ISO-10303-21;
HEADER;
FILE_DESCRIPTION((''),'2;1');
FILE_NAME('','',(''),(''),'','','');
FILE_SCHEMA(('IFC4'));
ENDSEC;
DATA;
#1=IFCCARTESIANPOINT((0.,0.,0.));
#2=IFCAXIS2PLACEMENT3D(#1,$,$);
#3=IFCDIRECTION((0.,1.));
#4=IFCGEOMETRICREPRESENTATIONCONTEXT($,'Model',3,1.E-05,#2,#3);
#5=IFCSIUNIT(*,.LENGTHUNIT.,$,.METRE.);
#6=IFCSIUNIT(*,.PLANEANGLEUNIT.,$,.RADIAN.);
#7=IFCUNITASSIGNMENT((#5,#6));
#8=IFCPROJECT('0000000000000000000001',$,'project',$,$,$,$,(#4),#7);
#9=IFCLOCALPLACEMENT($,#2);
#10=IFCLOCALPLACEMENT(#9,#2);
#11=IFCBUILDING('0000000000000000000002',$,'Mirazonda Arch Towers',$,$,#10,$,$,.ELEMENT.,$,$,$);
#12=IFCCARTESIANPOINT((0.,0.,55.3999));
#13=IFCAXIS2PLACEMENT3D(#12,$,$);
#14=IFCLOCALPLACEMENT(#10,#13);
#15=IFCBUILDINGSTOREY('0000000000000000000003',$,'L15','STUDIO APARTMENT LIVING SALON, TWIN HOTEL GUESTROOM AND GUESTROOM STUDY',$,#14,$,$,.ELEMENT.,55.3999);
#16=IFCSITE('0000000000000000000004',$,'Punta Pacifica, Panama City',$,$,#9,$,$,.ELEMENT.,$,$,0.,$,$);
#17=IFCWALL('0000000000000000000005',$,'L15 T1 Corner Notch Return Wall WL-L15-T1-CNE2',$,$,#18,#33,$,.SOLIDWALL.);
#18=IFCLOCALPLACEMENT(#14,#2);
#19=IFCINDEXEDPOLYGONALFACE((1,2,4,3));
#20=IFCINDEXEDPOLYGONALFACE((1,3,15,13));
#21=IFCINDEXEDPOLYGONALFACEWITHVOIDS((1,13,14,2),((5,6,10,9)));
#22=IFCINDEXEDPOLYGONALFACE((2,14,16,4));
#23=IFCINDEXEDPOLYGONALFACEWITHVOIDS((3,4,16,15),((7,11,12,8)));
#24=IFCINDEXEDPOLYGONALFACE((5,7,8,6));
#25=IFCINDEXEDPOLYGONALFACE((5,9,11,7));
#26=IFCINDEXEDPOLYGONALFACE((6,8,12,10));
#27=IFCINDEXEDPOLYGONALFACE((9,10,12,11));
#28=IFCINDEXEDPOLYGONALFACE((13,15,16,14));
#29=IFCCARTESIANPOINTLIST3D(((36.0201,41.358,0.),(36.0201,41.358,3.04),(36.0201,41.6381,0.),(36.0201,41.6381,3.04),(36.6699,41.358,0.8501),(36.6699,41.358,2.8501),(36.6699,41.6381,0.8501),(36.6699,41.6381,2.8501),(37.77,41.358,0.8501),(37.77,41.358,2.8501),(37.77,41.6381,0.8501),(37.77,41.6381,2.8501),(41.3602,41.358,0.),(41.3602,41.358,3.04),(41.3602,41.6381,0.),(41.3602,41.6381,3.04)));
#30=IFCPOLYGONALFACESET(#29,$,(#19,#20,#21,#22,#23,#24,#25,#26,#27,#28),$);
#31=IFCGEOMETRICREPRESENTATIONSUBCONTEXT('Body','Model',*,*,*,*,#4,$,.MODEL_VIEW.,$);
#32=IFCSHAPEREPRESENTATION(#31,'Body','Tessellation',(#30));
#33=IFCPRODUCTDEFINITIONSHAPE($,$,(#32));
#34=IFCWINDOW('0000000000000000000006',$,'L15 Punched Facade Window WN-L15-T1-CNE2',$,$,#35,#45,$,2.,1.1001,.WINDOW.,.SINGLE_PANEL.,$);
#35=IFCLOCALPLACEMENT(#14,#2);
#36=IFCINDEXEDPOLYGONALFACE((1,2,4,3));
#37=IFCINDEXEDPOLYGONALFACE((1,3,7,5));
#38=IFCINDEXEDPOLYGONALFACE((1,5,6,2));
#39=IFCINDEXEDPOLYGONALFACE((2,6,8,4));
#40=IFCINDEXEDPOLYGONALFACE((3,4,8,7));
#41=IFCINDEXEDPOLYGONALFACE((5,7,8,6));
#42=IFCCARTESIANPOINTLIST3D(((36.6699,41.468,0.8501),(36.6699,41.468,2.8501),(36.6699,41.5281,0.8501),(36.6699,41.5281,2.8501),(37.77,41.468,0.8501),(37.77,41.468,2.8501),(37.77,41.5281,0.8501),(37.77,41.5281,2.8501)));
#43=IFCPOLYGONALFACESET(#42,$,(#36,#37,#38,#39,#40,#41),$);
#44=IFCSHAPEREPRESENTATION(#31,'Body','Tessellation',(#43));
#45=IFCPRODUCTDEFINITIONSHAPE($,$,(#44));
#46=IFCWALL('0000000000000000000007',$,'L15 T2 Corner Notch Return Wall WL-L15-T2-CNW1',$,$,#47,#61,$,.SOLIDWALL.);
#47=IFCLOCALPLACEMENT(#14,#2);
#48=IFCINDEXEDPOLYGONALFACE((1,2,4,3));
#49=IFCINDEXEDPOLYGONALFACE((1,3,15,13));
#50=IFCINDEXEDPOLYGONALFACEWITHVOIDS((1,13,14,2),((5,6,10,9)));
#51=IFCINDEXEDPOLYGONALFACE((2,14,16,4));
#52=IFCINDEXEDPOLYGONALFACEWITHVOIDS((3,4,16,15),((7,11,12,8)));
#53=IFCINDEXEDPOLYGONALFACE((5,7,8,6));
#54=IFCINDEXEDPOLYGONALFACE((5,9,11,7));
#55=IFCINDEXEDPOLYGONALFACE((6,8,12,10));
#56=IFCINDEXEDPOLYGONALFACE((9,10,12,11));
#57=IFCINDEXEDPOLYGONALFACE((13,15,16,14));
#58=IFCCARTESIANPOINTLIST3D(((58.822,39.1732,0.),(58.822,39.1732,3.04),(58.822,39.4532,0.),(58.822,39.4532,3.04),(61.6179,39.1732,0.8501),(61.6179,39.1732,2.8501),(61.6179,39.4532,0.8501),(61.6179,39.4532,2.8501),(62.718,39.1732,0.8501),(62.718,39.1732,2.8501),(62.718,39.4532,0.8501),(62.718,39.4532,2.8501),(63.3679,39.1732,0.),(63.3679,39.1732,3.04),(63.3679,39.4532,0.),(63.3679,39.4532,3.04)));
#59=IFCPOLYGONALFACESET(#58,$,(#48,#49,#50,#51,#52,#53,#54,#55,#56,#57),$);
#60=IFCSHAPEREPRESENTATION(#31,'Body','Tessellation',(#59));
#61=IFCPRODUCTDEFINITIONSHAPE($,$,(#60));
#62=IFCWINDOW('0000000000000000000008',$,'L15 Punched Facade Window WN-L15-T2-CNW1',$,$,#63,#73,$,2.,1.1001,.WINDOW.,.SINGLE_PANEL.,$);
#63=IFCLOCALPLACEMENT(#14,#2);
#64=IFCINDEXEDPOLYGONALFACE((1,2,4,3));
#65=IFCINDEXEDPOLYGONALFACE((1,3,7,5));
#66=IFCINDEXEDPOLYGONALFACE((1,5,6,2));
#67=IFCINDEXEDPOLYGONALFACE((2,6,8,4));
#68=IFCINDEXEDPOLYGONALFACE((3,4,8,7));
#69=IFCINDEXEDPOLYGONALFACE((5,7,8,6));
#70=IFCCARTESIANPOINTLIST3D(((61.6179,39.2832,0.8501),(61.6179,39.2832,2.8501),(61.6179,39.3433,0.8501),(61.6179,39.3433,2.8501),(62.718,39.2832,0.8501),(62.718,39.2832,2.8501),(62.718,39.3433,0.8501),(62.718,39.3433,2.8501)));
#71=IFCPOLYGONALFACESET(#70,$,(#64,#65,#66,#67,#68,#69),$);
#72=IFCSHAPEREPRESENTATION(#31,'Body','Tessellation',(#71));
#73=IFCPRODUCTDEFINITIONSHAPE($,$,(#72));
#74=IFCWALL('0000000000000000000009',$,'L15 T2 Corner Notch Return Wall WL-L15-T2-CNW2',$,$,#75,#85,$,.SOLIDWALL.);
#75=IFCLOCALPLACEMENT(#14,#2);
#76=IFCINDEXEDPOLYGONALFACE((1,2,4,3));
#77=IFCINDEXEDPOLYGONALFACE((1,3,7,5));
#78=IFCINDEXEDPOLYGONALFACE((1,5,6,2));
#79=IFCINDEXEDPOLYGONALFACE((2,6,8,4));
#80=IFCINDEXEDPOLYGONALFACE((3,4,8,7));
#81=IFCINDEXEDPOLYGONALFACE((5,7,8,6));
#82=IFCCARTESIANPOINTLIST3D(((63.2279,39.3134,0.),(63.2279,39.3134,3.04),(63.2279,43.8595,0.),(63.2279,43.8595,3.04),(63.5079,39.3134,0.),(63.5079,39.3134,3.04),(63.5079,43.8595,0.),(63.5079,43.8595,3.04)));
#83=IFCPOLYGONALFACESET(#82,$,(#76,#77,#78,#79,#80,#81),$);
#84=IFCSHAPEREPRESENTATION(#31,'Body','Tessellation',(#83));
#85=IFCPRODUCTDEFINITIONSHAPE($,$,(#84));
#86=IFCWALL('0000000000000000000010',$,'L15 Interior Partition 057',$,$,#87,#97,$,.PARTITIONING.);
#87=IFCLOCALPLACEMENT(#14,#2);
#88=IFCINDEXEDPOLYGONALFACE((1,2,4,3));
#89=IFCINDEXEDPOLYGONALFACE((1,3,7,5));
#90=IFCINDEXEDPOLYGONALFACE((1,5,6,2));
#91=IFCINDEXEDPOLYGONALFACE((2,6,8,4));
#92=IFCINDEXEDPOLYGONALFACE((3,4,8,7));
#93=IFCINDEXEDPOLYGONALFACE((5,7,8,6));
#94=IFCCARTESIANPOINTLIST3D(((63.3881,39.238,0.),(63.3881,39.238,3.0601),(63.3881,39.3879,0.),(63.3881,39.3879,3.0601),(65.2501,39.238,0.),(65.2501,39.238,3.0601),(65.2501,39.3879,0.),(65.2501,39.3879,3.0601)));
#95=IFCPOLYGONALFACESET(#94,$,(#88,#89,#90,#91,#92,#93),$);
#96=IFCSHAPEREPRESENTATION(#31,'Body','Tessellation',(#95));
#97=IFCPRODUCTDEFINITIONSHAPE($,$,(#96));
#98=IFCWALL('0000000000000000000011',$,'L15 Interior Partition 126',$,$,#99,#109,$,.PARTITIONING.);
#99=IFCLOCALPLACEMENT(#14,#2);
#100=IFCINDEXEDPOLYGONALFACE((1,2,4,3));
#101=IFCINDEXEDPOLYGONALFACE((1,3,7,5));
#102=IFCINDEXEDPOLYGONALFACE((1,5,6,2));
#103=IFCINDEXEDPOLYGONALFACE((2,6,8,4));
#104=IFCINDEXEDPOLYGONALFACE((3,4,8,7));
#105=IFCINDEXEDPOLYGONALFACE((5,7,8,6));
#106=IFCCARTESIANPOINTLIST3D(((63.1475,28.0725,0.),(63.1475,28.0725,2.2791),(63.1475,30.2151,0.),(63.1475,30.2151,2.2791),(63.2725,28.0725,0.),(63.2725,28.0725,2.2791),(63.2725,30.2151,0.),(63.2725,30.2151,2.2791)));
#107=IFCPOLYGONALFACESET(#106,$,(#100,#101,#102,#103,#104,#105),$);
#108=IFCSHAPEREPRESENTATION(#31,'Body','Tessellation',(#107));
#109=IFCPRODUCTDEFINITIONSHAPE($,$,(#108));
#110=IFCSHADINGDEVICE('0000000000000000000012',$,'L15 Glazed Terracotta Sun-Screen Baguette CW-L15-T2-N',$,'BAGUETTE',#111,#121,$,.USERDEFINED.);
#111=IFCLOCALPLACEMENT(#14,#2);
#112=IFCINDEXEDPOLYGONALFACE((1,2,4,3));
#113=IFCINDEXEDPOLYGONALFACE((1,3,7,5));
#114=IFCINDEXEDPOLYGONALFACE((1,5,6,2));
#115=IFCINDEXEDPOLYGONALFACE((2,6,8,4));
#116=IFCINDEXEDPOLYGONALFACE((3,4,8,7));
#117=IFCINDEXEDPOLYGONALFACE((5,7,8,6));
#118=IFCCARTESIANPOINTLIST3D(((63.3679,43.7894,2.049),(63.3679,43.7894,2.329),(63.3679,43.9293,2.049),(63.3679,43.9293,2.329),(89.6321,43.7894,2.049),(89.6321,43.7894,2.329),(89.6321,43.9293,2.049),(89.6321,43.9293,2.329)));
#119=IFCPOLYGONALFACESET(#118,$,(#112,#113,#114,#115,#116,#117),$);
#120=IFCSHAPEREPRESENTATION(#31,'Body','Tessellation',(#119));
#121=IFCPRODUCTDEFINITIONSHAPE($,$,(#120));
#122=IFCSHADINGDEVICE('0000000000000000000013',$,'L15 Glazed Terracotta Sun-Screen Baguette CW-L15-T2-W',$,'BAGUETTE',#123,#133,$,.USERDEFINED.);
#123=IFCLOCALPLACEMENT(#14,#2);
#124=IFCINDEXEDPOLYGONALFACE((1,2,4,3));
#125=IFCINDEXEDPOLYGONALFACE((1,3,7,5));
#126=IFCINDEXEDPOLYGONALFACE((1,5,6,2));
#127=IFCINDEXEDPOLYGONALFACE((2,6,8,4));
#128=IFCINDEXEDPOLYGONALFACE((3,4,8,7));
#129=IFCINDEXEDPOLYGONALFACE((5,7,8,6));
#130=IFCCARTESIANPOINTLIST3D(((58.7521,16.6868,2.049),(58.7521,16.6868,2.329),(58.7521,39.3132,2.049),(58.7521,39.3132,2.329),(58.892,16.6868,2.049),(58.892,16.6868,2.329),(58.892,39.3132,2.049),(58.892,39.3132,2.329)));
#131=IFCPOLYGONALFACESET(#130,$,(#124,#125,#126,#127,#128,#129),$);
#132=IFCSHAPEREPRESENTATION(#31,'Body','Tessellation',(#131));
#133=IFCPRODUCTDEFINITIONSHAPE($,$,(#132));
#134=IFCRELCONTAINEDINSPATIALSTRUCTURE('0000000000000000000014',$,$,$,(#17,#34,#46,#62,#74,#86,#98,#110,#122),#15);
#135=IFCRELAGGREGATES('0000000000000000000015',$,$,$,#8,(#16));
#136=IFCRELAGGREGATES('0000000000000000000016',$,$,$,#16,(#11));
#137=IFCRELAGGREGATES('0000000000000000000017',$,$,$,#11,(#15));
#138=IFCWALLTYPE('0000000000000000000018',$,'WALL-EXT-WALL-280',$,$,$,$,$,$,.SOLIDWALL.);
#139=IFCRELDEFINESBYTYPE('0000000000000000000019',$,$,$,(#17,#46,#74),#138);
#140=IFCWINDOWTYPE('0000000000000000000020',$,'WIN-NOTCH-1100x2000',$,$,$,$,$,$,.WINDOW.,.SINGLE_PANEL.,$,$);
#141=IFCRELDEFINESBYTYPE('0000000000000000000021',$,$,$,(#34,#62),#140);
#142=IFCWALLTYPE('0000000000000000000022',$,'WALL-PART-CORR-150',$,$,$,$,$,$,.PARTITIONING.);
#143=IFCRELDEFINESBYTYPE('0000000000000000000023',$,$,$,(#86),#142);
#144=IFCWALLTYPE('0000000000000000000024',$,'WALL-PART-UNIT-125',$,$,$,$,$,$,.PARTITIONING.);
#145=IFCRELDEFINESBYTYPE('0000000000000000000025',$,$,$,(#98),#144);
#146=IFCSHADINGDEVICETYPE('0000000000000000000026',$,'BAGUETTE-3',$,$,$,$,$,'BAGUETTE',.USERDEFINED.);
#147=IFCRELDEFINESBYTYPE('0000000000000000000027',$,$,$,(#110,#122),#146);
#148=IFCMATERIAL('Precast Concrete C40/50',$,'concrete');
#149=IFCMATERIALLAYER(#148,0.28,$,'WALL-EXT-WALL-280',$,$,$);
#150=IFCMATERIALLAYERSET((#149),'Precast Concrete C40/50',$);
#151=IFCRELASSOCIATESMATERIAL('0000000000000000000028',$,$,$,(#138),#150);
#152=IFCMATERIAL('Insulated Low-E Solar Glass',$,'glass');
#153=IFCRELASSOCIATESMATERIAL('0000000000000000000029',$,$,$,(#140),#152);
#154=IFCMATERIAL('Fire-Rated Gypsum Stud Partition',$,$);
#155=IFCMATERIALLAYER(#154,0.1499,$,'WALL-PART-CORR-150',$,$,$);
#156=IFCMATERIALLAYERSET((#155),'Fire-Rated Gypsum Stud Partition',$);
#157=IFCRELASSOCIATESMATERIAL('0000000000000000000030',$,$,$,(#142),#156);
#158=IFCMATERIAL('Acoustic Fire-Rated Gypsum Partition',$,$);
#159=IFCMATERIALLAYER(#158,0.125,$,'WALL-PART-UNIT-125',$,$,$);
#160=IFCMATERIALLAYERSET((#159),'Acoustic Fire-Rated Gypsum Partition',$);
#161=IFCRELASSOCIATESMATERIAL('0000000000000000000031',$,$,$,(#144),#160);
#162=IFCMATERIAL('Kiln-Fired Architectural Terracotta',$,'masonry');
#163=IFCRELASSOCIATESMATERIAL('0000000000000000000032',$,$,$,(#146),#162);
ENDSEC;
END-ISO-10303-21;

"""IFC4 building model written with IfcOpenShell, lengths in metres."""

from ifc_helpers import new_model, si_unit, direction, frame, frame_2d, origin, origin_2d, place, context, subcontext, project, spatial, rectangle, extrude, material, layer, layer_set, material_profile, profile_set, type_object, element, fill, save


model = new_model("IFC4")

# Units and contexts
model_context = context("Model", 3, precision=1e-05, world=origin(), true_north=direction((0.0, 1.0)))
body_context = subcontext(model_context, "Body", "Model", "MODEL_VIEW")
ifc_project = project(units=[si_unit("LENGTHUNIT", "METRE"), si_unit("PLANEANGLEUNIT", "RADIAN")], contexts=[model_context])

# Site, building, storey
site_placement = place(None, origin())
site = spatial("IfcSite", under=ifc_project, at=site_placement, Name="Punta Pacifica, Panama City", CompositionType="ELEMENT", RefElevation=0.0)
building_placement = place(site_placement, origin())
building = spatial("IfcBuilding", under=site, at=building_placement, Name="Mirazonda Arch Towers", CompositionType="ELEMENT")
storey_placement = place(building_placement, frame((0.0, 0.0, 55.3999)))
storey = spatial("IfcBuildingStorey", under=building, at=storey_placement, Name="L15", Description="STUDIO APARTMENT LIVING SALON, TWIN HOTEL GUESTROOM AND GUESTROOM STUDY", CompositionType="ELEMENT", Elevation=55.3999)

# Shared definitions
ifc_material_1 = material(Name="Insulated Low-E Solar Glass", Category="glass")

# Walls, openings, windows
ifc_material_2 = material(Name="Precast Concrete C40/50", Category="concrete")
ifc_layer_1 = layer(ifc_material_2, 0.28, Name="WALL-EXT-WALL-280")
ifc_layer_set_1 = layer_set([ifc_layer_1], Name="Precast Concrete C40/50")
wall_type_1 = type_object("IfcWallType", Name="WALL-EXT-WALL-280", PredefinedType="SOLIDWALL", material=ifc_layer_set_1)
window_type = type_object("IfcWindowType", Name="WIN-NOTCH-1100x2000", PartitioningType="SINGLE_PANEL", PredefinedType="WINDOW", material=ifc_material_1)
wall_1_placement = place(storey_placement, frame((41.3601, 41.498, 0.0), z_axis=(0.0, 0.0, 1.0), x_axis=(-1.0, 0.0, 0.0)))
wall_1 = element("IfcWall", 1, at=wall_1_placement, inside=storey, type_object=wall_type_1, Name="L15 T1 Corner Notch Return Wall WL-L15-T1-CNE2", PredefinedType="SOLIDWALL", context=body_context, shape_type="SweptSolid", body=[
    extrude(rectangle(XDim=5.3401, YDim=0.28, at=frame_2d((2.6699, 0.0))), origin(), (0.0, 0.0, 1.0), 3.04),
])
opening_1_placement = place(wall_1_placement, frame((3.5901, 0.0, 0.8501)))
opening_1 = element("IfcOpeningElement", 2, at=opening_1_placement, cuts=wall_1, PredefinedType="OPENING", context=body_context, shape_type="SweptSolid", body=[
    extrude(rectangle(XDim=1.1001, YDim=2.0, at=frame_2d((0.55, 1.0))), frame((0.0, 0.1499, 0.0), z_axis=(0.0, -1.0, 0.0), x_axis=(1.0, 0.0, 0.0)), (0.0, 0.0, 1.0), 0.3),
])
window_1_placement = place(opening_1_placement, origin())
window_1 = element("IfcWindow", 3, at=window_1_placement, inside=storey, type_object=window_type, Name="L15 Punched Facade Window WN-L15-T1-CNE2", OverallHeight=2.0, OverallWidth=1.1001, PartitioningType="SINGLE_PANEL", PredefinedType="WINDOW", context=body_context, shape_type="SweptSolid", body=[
    extrude(rectangle(XDim=1.1001, YDim=2.0, at=frame_2d((0.55, 1.0))), frame((0.0, 0.03, 0.0), z_axis=(0.0, -1.0, 0.0), x_axis=(1.0, 0.0, 0.0)), (0.0, 0.0, 1.0), 0.0601),
])
fill(opening_1, window_1)
wall_2_placement = place(storey_placement, frame((63.3679, 39.3132, 0.0), z_axis=(0.0, 0.0, 1.0), x_axis=(-1.0, 0.0, 0.0)))
wall_2 = element("IfcWall", 4, at=wall_2_placement, inside=storey, type_object=wall_type_1, Name="L15 T2 Corner Notch Return Wall WL-L15-T2-CNW1", PredefinedType="SOLIDWALL", context=body_context, shape_type="SweptSolid", body=[
    extrude(rectangle(XDim=4.5459, YDim=0.28, at=frame_2d((2.2729, 0.0))), origin(), (0.0, 0.0, 1.0), 3.04),
])
opening_2_placement = place(wall_2_placement, frame((0.6499, 0.0, 0.8501)))
opening_2 = element("IfcOpeningElement", 5, at=opening_2_placement, cuts=wall_2, PredefinedType="OPENING", context=body_context, shape_type="SweptSolid", body=[
    extrude(rectangle(XDim=1.1001, YDim=2.0, at=frame_2d((0.55, 1.0))), frame((0.0, 0.1499, 0.0), z_axis=(0.0, -1.0, 0.0), x_axis=(1.0, 0.0, 0.0)), (0.0, 0.0, 1.0), 0.3),
])
window_2_placement = place(opening_2_placement, origin())
window_2 = element("IfcWindow", 6, at=window_2_placement, inside=storey, type_object=window_type, Name="L15 Punched Facade Window WN-L15-T2-CNW1", OverallHeight=2.0, OverallWidth=1.1001, PartitioningType="SINGLE_PANEL", PredefinedType="WINDOW", context=body_context, shape_type="SweptSolid", body=[
    extrude(rectangle(XDim=1.1001, YDim=2.0, at=frame_2d((0.55, 1.0))), frame((0.0, 0.03, 0.0), z_axis=(0.0, -1.0, 0.0), x_axis=(1.0, 0.0, 0.0)), (0.0, 0.0, 1.0), 0.0601),
])
fill(opening_2, window_2)

# Wall
wall_3_placement = place(storey_placement, frame((63.3679, 43.8594, 0.0), z_axis=(0.0, 0.0, 1.0), x_axis=(0.0, -1.0, 0.0)))
element("IfcWall", 7, at=wall_3_placement, inside=storey, type_object=wall_type_1, Name="L15 T2 Corner Notch Return Wall WL-L15-T2-CNW2", PredefinedType="SOLIDWALL", context=body_context, shape_type="SweptSolid", body=[
    extrude(rectangle(XDim=4.5461, YDim=0.28, at=frame_2d((2.2729, 0.0))), origin(), (0.0, 0.0, 1.0), 3.04),
])

# Shared definitions
ifc_material_3 = material(Name="Fire-Rated Gypsum Stud Partition")
ifc_layer_2 = layer(ifc_material_3, 0.1499, Name="WALL-PART-CORR-150")
ifc_layer_set_2 = layer_set([ifc_layer_2], Name="Fire-Rated Gypsum Stud Partition")
wall_type_2 = type_object("IfcWallType", Name="WALL-PART-CORR-150", PredefinedType="PARTITIONING", material=ifc_layer_set_2)

# Walls
wall_4_placement = place(storey_placement, frame((63.3879, 39.313, 0.0), z_axis=(0.0, 0.0, 1.0), x_axis=(1.0, 0.0, 0.0)))
element("IfcWall", 8, at=wall_4_placement, inside=storey, type_object=wall_type_2, Name="L15 Interior Partition 057", PredefinedType="PARTITIONING", context=body_context, shape_type="SweptSolid", body=[
    extrude(rectangle(XDim=1.8621, YDim=0.1499, at=frame_2d((0.9312, 0.0))), origin(), (0.0, 0.0, 1.0), 3.0601),
])
ifc_material_4 = material(Name="Acoustic Fire-Rated Gypsum Partition")
ifc_layer_3 = layer(ifc_material_4, 0.125, Name="WALL-PART-UNIT-125")
ifc_layer_set_3 = layer_set([ifc_layer_3], Name="Acoustic Fire-Rated Gypsum Partition")
wall_type_3 = type_object("IfcWallType", Name="WALL-PART-UNIT-125", PredefinedType="PARTITIONING", material=ifc_layer_set_3)
wall_5_placement = place(storey_placement, frame((63.21, 28.0725, 0.0), z_axis=(0.0, 0.0, 1.0), x_axis=(0.0, 1.0, 0.0)))
element("IfcWall", 9, at=wall_5_placement, inside=storey, type_object=wall_type_3, Name="L15 Interior Partition 126", PredefinedType="PARTITIONING", context=body_context, shape_type="SweptSolid", body=[
    extrude(rectangle(XDim=2.1426, YDim=0.125, at=frame_2d((1.0713, 0.0))), origin(), (0.0, 0.0, 1.0), 2.2791),
])

# Shading devices
ifc_material_5 = material(Name="Kiln-Fired Architectural Terracotta", Category="masonry")
ifc_material_profile_1 = material_profile(ifc_material_5, rectangle(XDim=0.1399, YDim=0.28, at=origin_2d()), Name="TERRA-BAG-140x280")
ifc_profile_set_1 = profile_set([ifc_material_profile_1], Name="Kiln-Fired Architectural Terracotta")
shading_device_type = type_object("IfcShadingDeviceType", Name="BAGUETTE-3", ElementType="BAGUETTE", PredefinedType="USERDEFINED", material=ifc_profile_set_1)
shading_device_1_placement = place(storey_placement, frame((63.3679, 43.8594, 2.189), z_axis=(1.0, 0.0, 0.0), x_axis=(0.0, 1.0, 0.0)))
element("IfcShadingDevice", 10, at=shading_device_1_placement, inside=storey, type_object=shading_device_type, Name="L15 Glazed Terracotta Sun-Screen Baguette CW-L15-T2-N", ObjectType="BAGUETTE", PredefinedType="USERDEFINED", context=body_context, shape_type="SweptSolid", body=[
    extrude(rectangle(XDim=0.1399, YDim=0.28, at=origin_2d()), origin(), (0.0, 0.0, 1.0), 26.2642),
])
shading_device_2_placement = place(storey_placement, frame((58.822, 39.3132, 2.189), z_axis=(0.0, -1.0, 0.0), x_axis=(1.0, 0.0, 0.0)))
element("IfcShadingDevice", 11, at=shading_device_2_placement, inside=storey, type_object=shading_device_type, Name="L15 Glazed Terracotta Sun-Screen Baguette CW-L15-T2-W", ObjectType="BAGUETTE", PredefinedType="USERDEFINED", context=body_context, shape_type="SweptSolid", body=[
    extrude(rectangle(XDim=0.1399, YDim=0.28, at=origin_2d()), origin(), (0.0, 0.0, 1.0), 22.6265),
])

save(model, "model.ifc")
